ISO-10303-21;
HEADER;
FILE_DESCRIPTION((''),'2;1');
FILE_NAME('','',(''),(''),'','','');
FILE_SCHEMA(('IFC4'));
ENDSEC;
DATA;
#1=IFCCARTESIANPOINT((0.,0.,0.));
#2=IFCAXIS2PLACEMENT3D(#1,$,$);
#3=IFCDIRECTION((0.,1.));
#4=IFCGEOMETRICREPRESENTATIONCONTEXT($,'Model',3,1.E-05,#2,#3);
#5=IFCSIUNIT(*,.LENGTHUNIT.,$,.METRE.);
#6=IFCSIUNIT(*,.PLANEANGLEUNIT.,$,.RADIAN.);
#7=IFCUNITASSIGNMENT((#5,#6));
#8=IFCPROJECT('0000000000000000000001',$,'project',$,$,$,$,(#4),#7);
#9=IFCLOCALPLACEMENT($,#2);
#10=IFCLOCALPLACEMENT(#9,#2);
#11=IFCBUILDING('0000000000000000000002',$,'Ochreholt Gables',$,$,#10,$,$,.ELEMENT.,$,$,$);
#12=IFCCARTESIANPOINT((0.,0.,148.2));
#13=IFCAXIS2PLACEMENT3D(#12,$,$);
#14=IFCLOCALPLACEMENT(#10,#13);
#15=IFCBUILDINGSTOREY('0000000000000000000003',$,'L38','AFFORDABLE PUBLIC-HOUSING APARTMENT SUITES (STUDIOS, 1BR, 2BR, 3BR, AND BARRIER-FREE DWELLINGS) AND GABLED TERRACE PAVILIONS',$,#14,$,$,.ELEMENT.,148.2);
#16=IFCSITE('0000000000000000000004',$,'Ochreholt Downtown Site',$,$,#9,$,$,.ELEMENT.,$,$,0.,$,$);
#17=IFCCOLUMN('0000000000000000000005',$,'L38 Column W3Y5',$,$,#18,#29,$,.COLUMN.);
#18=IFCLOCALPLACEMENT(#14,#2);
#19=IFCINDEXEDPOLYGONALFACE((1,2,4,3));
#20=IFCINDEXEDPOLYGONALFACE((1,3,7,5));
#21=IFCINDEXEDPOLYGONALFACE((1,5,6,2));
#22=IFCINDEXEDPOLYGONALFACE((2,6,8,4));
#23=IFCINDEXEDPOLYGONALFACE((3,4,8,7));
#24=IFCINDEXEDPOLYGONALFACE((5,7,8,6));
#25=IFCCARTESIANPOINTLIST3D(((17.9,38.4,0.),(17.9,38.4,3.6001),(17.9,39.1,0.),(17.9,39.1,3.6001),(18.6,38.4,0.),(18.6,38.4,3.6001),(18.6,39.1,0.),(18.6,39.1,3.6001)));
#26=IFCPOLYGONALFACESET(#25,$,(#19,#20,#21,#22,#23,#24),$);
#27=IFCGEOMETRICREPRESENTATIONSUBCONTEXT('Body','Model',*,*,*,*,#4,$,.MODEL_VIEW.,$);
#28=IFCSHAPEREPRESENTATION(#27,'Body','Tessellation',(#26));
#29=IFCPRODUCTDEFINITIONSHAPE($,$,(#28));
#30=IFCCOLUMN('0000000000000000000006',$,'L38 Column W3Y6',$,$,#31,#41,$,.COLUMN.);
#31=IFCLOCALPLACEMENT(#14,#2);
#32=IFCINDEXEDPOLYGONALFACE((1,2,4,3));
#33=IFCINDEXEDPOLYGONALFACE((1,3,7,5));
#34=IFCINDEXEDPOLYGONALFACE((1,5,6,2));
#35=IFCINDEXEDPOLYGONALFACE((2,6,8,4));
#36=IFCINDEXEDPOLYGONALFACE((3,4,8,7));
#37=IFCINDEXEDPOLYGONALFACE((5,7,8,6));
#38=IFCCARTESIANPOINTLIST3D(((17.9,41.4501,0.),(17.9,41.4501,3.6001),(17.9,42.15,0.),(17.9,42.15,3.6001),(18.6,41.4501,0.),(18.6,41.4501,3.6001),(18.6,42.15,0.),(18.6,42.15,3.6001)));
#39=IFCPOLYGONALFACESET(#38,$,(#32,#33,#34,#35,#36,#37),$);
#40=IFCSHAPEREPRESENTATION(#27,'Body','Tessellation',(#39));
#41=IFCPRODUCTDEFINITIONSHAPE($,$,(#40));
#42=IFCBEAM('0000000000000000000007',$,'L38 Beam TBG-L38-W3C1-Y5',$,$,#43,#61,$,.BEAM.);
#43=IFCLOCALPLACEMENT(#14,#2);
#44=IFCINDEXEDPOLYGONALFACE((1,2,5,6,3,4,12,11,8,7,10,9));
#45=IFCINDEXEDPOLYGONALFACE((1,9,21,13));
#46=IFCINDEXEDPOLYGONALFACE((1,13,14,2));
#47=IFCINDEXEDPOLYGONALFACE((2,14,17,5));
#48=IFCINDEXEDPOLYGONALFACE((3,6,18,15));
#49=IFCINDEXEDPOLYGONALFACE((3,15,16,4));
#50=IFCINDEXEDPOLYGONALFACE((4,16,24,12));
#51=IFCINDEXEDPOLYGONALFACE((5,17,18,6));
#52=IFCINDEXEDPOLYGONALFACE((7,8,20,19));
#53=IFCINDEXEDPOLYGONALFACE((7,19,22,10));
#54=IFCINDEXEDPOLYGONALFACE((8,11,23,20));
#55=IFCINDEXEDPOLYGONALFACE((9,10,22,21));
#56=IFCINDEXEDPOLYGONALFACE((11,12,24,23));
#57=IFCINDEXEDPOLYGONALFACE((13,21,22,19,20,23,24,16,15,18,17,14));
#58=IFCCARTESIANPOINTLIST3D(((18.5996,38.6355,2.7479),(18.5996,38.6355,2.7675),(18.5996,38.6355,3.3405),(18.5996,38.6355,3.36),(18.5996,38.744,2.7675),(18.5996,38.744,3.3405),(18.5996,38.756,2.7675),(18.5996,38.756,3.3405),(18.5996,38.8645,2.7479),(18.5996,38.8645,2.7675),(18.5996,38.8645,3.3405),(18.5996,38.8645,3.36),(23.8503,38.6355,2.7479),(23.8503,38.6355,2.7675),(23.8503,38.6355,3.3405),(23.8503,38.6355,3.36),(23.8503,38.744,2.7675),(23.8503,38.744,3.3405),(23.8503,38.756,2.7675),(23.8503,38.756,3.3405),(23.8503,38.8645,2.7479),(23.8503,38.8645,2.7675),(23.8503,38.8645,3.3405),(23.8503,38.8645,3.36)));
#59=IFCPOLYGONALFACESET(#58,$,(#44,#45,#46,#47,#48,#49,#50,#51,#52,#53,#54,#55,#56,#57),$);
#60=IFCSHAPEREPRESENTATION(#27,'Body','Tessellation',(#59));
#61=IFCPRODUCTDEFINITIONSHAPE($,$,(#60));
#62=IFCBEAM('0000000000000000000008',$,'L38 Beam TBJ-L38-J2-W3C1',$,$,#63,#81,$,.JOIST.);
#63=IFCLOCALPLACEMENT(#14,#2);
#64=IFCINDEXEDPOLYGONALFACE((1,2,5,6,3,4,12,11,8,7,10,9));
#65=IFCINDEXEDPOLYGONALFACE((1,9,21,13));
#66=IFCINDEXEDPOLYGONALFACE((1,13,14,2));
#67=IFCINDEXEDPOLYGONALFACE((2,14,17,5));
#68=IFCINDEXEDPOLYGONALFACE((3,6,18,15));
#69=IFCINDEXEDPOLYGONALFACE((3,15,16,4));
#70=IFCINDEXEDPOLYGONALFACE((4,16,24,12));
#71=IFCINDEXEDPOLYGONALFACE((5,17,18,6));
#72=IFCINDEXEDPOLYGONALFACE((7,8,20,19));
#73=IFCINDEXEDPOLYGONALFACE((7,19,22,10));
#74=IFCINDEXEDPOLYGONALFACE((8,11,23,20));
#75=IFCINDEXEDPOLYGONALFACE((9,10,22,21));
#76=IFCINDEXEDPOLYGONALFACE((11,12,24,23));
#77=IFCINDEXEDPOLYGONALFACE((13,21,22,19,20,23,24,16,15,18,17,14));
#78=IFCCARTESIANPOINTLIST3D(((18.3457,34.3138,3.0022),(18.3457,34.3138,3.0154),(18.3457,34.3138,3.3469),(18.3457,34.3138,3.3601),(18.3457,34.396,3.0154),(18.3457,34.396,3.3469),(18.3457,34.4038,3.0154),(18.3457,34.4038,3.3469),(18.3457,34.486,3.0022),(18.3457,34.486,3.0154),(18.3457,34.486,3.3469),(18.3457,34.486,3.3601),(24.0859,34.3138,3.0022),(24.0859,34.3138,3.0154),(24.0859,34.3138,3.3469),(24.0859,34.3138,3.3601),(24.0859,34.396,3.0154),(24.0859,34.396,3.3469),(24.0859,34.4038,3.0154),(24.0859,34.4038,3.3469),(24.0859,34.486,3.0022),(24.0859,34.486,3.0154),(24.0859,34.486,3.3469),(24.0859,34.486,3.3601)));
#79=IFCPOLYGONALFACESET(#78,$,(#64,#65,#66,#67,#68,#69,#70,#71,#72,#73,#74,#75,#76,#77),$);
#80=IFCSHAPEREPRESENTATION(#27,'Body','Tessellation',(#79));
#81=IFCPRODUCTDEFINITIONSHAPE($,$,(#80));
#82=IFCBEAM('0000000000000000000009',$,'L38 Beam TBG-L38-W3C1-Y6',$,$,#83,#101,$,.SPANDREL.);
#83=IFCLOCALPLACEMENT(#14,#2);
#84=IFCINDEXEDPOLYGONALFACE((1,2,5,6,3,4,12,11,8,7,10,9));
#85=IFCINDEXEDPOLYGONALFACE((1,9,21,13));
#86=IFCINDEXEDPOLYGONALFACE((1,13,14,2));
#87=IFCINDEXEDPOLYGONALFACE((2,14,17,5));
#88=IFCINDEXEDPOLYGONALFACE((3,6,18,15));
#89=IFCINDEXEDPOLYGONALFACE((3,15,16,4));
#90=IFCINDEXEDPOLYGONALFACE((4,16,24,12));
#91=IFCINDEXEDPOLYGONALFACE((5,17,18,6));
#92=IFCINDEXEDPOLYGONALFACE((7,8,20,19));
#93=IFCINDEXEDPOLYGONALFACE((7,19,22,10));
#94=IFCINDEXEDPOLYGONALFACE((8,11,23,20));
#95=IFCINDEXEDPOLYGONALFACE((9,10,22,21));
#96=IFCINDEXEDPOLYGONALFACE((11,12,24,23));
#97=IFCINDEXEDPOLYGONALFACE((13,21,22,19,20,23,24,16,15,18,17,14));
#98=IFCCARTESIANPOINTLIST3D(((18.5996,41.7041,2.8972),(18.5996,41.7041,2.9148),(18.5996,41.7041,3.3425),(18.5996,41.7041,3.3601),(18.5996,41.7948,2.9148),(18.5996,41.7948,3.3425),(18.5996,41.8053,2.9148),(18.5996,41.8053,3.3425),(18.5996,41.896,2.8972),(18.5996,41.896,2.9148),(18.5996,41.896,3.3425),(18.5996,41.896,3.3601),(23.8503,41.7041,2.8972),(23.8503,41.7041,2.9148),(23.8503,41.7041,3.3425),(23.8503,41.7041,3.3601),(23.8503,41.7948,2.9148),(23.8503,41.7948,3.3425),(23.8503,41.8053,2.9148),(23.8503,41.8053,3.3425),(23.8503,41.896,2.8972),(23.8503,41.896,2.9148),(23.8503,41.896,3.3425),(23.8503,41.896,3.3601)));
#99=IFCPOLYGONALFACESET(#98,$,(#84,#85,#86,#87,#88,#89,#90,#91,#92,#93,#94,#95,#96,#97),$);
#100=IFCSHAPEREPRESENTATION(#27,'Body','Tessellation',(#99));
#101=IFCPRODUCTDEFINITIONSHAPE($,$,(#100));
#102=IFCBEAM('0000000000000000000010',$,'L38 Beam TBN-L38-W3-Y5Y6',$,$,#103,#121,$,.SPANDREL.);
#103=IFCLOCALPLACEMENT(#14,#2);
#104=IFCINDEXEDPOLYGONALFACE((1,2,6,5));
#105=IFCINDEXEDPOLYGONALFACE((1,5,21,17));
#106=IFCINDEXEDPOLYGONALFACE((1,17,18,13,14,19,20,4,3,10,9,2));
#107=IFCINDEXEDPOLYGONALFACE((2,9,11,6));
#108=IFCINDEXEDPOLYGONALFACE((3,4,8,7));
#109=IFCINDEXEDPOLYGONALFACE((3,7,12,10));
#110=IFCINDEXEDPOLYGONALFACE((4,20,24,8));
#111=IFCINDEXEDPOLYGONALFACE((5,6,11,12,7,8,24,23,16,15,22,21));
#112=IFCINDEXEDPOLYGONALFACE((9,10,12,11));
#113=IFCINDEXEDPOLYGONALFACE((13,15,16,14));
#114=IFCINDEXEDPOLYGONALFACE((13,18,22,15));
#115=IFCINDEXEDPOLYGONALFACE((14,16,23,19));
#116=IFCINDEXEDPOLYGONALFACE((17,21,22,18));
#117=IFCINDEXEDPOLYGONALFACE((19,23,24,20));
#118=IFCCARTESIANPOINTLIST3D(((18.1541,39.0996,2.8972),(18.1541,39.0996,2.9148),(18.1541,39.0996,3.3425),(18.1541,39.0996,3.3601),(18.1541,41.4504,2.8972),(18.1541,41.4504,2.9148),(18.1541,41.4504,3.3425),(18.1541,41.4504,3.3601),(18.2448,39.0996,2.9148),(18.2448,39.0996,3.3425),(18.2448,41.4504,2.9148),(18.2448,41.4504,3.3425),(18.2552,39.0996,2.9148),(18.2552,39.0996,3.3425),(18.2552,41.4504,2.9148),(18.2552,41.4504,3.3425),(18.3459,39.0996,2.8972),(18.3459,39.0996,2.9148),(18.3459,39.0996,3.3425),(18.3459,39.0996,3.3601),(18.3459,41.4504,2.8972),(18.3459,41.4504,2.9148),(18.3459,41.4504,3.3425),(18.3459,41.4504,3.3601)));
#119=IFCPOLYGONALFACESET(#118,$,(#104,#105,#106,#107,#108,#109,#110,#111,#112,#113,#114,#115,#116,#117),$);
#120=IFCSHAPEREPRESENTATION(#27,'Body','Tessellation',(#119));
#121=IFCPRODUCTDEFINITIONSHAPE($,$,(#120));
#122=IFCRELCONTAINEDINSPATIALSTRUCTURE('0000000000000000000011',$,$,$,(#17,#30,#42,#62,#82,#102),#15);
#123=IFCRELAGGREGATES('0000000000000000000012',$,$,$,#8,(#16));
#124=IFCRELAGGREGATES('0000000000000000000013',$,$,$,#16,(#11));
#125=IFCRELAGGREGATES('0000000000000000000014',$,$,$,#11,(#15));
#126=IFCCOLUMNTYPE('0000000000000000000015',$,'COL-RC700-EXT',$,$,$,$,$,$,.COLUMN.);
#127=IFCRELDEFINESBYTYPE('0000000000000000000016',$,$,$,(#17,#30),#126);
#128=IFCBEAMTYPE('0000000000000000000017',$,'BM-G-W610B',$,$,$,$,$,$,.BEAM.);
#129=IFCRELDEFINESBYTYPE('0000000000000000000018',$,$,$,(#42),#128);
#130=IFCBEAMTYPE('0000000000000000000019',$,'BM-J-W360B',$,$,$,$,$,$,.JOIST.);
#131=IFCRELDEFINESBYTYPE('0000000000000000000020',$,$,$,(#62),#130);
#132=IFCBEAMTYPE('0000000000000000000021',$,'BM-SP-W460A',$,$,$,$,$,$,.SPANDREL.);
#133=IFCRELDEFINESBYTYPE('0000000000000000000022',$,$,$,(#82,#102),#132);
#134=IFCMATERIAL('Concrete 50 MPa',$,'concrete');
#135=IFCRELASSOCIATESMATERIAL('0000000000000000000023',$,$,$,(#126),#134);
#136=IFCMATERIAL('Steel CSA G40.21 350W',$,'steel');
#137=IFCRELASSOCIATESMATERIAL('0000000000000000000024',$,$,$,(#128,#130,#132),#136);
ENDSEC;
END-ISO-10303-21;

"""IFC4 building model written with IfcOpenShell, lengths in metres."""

from ifc_helpers import new_model, si_unit, direction, frame, origin, origin_2d, place, context, subcontext, project, spatial, rectangle, i_section, extrude, material, material_profile, profile_set, type_object, element, save


model = new_model("IFC4")

# Units and contexts
model_context = context("Model", 3, precision=1e-05, world=origin(), true_north=direction((0.0, 1.0)))
body_context = subcontext(model_context, "Body", "Model", "MODEL_VIEW")
ifc_project = project(units=[si_unit("LENGTHUNIT", "METRE"), si_unit("PLANEANGLEUNIT", "RADIAN")], contexts=[model_context])

# Site, building, storey
site_placement = place(None, origin())
site = spatial("IfcSite", under=ifc_project, at=site_placement, Name="Ochreholt Downtown Site", CompositionType="ELEMENT", RefElevation=0.0)
building_placement = place(site_placement, origin())
building = spatial("IfcBuilding", under=site, at=building_placement, Name="Ochreholt Gables", CompositionType="ELEMENT")
storey_placement = place(building_placement, frame((0.0, 0.0, 148.2)))
storey = spatial("IfcBuildingStorey", under=building, at=storey_placement, Name="L38", Description="AFFORDABLE PUBLIC-HOUSING APARTMENT SUITES (STUDIOS, 1BR, 2BR, 3BR, AND BARRIER-FREE DWELLINGS) AND GABLED TERRACE PAVILIONS", CompositionType="ELEMENT", Elevation=148.2)

# Columns
ifc_material_1 = material(Name="Concrete 50 MPa", Category="concrete")
ifc_material_profile_1 = material_profile(ifc_material_1, rectangle(XDim=0.7, YDim=0.7, at=origin_2d()), Name="RC700X700")
ifc_profile_set_1 = profile_set([ifc_material_profile_1], Name="Concrete 50 MPa")
column_type = type_object("IfcColumnType", Name="COL-RC700-EXT", PredefinedType="COLUMN", material=ifc_profile_set_1)
for number, where, z_axis, x_axis, name in (
    (1, (18.25, 38.75, 0.0), (0.0, 0.0, 1.0), (1.0, 0.0, 0.0), "L38 Column W3Y5"),
    (2, (18.25, 41.8, 0.0), (0.0, 0.0, 1.0), (1.0, 0.0, 0.0), "L38 Column W3Y6"),
):
    element("IfcColumn", number, at=place(storey_placement, frame(where, z_axis=z_axis, x_axis=x_axis)), inside=storey, type_object=column_type, Name=name, PredefinedType="COLUMN", context=body_context, shape_type="SweptSolid", body=[
        extrude(rectangle(XDim=0.7, YDim=0.7, at=origin_2d()), origin(), (0.0, 0.0, 1.0), 3.6001),
    ])

# Beams
ifc_material_2 = material(Name="Steel CSA G40.21 350W", Category="steel")
ifc_material_profile_2 = material_profile(ifc_material_2, i_section(OverallWidth=0.229, OverallDepth=0.6121, WebThickness=0.012, FlangeThickness=0.0195, at=origin_2d()), Name="W610X125")
ifc_profile_set_2 = profile_set([ifc_material_profile_2], Name="Steel CSA G40.21 350W")
beam_type_1 = type_object("IfcBeamType", Name="BM-G-W610B", PredefinedType="BEAM", material=ifc_profile_set_2)
beam_1_placement = place(storey_placement, frame((18.5996, 38.75, 3.054), z_axis=(1.0, 0.0, 0.0), x_axis=(0.0, 1.0, 0.0)))
element("IfcBeam", 3, at=beam_1_placement, inside=storey, type_object=beam_type_1, Name="L38 Beam TBG-L38-W3C1-Y5", PredefinedType="BEAM", context=body_context, shape_type="SweptSolid", body=[
    extrude(i_section(OverallWidth=0.229, OverallDepth=0.6121, WebThickness=0.012, FlangeThickness=0.0195, at=origin_2d()), origin(), (0.0, 0.0, 1.0), 5.2507),
])
ifc_material_profile_3 = material_profile(ifc_material_2, i_section(OverallWidth=0.1721, OverallDepth=0.3579, WebThickness=0.0078, FlangeThickness=0.0132, at=origin_2d()), Name="W360X57")
ifc_profile_set_3 = profile_set([ifc_material_profile_3], Name="Steel CSA G40.21 350W")
beam_type_2 = type_object("IfcBeamType", Name="BM-J-W360B", PredefinedType="JOIST", material=ifc_profile_set_3)
beam_2_placement = place(storey_placement, frame((18.3457, 34.3999, 3.1812), z_axis=(1.0, 0.0, 0.0), x_axis=(0.0, 1.0, 0.0)))
element("IfcBeam", 4, at=beam_2_placement, inside=storey, type_object=beam_type_2, Name="L38 Beam TBJ-L38-J2-W3C1", PredefinedType="JOIST", context=body_context, shape_type="SweptSolid", body=[
    extrude(i_section(OverallWidth=0.1721, OverallDepth=0.3579, WebThickness=0.0078, FlangeThickness=0.0132, at=origin_2d()), origin(), (0.0, 0.0, 1.0), 5.7402),
])
ifc_material_profile_4 = material_profile(ifc_material_2, i_section(OverallWidth=0.1919, OverallDepth=0.4629, WebThickness=0.0105, FlangeThickness=0.0176, at=origin_2d()), Name="W460X89")
ifc_profile_set_4 = profile_set([ifc_material_profile_4], Name="Steel CSA G40.21 350W")
beam_type_3 = type_object("IfcBeamType", Name="BM-SP-W460A", PredefinedType="SPANDREL", material=ifc_profile_set_4)
beam_3_placement = place(storey_placement, frame((18.5996, 41.8, 3.1287), z_axis=(1.0, 0.0, 0.0), x_axis=(0.0, 1.0, 0.0)))
element("IfcBeam", 5, at=beam_3_placement, inside=storey, type_object=beam_type_3, Name="L38 Beam TBG-L38-W3C1-Y6", PredefinedType="SPANDREL", context=body_context, shape_type="SweptSolid", body=[
    extrude(i_section(OverallWidth=0.1919, OverallDepth=0.4629, WebThickness=0.0105, FlangeThickness=0.0176, at=origin_2d()), origin(), (0.0, 0.0, 1.0), 5.2507),
])
beam_4_placement = place(storey_placement, frame((18.25, 39.0996, 3.1287), z_axis=(0.0, 1.0, 0.0), x_axis=(-1.0, 0.0, 0.0)))
element("IfcBeam", 6, at=beam_4_placement, inside=storey, type_object=beam_type_3, Name="L38 Beam TBN-L38-W3-Y5Y6", PredefinedType="SPANDREL", context=body_context, shape_type="SweptSolid", body=[
    extrude(i_section(OverallWidth=0.1919, OverallDepth=0.4629, WebThickness=0.0105, FlangeThickness=0.0176, at=origin_2d()), origin(), (0.0, 0.0, 1.0), 2.3508),
])

save(model, "model.ifc")
